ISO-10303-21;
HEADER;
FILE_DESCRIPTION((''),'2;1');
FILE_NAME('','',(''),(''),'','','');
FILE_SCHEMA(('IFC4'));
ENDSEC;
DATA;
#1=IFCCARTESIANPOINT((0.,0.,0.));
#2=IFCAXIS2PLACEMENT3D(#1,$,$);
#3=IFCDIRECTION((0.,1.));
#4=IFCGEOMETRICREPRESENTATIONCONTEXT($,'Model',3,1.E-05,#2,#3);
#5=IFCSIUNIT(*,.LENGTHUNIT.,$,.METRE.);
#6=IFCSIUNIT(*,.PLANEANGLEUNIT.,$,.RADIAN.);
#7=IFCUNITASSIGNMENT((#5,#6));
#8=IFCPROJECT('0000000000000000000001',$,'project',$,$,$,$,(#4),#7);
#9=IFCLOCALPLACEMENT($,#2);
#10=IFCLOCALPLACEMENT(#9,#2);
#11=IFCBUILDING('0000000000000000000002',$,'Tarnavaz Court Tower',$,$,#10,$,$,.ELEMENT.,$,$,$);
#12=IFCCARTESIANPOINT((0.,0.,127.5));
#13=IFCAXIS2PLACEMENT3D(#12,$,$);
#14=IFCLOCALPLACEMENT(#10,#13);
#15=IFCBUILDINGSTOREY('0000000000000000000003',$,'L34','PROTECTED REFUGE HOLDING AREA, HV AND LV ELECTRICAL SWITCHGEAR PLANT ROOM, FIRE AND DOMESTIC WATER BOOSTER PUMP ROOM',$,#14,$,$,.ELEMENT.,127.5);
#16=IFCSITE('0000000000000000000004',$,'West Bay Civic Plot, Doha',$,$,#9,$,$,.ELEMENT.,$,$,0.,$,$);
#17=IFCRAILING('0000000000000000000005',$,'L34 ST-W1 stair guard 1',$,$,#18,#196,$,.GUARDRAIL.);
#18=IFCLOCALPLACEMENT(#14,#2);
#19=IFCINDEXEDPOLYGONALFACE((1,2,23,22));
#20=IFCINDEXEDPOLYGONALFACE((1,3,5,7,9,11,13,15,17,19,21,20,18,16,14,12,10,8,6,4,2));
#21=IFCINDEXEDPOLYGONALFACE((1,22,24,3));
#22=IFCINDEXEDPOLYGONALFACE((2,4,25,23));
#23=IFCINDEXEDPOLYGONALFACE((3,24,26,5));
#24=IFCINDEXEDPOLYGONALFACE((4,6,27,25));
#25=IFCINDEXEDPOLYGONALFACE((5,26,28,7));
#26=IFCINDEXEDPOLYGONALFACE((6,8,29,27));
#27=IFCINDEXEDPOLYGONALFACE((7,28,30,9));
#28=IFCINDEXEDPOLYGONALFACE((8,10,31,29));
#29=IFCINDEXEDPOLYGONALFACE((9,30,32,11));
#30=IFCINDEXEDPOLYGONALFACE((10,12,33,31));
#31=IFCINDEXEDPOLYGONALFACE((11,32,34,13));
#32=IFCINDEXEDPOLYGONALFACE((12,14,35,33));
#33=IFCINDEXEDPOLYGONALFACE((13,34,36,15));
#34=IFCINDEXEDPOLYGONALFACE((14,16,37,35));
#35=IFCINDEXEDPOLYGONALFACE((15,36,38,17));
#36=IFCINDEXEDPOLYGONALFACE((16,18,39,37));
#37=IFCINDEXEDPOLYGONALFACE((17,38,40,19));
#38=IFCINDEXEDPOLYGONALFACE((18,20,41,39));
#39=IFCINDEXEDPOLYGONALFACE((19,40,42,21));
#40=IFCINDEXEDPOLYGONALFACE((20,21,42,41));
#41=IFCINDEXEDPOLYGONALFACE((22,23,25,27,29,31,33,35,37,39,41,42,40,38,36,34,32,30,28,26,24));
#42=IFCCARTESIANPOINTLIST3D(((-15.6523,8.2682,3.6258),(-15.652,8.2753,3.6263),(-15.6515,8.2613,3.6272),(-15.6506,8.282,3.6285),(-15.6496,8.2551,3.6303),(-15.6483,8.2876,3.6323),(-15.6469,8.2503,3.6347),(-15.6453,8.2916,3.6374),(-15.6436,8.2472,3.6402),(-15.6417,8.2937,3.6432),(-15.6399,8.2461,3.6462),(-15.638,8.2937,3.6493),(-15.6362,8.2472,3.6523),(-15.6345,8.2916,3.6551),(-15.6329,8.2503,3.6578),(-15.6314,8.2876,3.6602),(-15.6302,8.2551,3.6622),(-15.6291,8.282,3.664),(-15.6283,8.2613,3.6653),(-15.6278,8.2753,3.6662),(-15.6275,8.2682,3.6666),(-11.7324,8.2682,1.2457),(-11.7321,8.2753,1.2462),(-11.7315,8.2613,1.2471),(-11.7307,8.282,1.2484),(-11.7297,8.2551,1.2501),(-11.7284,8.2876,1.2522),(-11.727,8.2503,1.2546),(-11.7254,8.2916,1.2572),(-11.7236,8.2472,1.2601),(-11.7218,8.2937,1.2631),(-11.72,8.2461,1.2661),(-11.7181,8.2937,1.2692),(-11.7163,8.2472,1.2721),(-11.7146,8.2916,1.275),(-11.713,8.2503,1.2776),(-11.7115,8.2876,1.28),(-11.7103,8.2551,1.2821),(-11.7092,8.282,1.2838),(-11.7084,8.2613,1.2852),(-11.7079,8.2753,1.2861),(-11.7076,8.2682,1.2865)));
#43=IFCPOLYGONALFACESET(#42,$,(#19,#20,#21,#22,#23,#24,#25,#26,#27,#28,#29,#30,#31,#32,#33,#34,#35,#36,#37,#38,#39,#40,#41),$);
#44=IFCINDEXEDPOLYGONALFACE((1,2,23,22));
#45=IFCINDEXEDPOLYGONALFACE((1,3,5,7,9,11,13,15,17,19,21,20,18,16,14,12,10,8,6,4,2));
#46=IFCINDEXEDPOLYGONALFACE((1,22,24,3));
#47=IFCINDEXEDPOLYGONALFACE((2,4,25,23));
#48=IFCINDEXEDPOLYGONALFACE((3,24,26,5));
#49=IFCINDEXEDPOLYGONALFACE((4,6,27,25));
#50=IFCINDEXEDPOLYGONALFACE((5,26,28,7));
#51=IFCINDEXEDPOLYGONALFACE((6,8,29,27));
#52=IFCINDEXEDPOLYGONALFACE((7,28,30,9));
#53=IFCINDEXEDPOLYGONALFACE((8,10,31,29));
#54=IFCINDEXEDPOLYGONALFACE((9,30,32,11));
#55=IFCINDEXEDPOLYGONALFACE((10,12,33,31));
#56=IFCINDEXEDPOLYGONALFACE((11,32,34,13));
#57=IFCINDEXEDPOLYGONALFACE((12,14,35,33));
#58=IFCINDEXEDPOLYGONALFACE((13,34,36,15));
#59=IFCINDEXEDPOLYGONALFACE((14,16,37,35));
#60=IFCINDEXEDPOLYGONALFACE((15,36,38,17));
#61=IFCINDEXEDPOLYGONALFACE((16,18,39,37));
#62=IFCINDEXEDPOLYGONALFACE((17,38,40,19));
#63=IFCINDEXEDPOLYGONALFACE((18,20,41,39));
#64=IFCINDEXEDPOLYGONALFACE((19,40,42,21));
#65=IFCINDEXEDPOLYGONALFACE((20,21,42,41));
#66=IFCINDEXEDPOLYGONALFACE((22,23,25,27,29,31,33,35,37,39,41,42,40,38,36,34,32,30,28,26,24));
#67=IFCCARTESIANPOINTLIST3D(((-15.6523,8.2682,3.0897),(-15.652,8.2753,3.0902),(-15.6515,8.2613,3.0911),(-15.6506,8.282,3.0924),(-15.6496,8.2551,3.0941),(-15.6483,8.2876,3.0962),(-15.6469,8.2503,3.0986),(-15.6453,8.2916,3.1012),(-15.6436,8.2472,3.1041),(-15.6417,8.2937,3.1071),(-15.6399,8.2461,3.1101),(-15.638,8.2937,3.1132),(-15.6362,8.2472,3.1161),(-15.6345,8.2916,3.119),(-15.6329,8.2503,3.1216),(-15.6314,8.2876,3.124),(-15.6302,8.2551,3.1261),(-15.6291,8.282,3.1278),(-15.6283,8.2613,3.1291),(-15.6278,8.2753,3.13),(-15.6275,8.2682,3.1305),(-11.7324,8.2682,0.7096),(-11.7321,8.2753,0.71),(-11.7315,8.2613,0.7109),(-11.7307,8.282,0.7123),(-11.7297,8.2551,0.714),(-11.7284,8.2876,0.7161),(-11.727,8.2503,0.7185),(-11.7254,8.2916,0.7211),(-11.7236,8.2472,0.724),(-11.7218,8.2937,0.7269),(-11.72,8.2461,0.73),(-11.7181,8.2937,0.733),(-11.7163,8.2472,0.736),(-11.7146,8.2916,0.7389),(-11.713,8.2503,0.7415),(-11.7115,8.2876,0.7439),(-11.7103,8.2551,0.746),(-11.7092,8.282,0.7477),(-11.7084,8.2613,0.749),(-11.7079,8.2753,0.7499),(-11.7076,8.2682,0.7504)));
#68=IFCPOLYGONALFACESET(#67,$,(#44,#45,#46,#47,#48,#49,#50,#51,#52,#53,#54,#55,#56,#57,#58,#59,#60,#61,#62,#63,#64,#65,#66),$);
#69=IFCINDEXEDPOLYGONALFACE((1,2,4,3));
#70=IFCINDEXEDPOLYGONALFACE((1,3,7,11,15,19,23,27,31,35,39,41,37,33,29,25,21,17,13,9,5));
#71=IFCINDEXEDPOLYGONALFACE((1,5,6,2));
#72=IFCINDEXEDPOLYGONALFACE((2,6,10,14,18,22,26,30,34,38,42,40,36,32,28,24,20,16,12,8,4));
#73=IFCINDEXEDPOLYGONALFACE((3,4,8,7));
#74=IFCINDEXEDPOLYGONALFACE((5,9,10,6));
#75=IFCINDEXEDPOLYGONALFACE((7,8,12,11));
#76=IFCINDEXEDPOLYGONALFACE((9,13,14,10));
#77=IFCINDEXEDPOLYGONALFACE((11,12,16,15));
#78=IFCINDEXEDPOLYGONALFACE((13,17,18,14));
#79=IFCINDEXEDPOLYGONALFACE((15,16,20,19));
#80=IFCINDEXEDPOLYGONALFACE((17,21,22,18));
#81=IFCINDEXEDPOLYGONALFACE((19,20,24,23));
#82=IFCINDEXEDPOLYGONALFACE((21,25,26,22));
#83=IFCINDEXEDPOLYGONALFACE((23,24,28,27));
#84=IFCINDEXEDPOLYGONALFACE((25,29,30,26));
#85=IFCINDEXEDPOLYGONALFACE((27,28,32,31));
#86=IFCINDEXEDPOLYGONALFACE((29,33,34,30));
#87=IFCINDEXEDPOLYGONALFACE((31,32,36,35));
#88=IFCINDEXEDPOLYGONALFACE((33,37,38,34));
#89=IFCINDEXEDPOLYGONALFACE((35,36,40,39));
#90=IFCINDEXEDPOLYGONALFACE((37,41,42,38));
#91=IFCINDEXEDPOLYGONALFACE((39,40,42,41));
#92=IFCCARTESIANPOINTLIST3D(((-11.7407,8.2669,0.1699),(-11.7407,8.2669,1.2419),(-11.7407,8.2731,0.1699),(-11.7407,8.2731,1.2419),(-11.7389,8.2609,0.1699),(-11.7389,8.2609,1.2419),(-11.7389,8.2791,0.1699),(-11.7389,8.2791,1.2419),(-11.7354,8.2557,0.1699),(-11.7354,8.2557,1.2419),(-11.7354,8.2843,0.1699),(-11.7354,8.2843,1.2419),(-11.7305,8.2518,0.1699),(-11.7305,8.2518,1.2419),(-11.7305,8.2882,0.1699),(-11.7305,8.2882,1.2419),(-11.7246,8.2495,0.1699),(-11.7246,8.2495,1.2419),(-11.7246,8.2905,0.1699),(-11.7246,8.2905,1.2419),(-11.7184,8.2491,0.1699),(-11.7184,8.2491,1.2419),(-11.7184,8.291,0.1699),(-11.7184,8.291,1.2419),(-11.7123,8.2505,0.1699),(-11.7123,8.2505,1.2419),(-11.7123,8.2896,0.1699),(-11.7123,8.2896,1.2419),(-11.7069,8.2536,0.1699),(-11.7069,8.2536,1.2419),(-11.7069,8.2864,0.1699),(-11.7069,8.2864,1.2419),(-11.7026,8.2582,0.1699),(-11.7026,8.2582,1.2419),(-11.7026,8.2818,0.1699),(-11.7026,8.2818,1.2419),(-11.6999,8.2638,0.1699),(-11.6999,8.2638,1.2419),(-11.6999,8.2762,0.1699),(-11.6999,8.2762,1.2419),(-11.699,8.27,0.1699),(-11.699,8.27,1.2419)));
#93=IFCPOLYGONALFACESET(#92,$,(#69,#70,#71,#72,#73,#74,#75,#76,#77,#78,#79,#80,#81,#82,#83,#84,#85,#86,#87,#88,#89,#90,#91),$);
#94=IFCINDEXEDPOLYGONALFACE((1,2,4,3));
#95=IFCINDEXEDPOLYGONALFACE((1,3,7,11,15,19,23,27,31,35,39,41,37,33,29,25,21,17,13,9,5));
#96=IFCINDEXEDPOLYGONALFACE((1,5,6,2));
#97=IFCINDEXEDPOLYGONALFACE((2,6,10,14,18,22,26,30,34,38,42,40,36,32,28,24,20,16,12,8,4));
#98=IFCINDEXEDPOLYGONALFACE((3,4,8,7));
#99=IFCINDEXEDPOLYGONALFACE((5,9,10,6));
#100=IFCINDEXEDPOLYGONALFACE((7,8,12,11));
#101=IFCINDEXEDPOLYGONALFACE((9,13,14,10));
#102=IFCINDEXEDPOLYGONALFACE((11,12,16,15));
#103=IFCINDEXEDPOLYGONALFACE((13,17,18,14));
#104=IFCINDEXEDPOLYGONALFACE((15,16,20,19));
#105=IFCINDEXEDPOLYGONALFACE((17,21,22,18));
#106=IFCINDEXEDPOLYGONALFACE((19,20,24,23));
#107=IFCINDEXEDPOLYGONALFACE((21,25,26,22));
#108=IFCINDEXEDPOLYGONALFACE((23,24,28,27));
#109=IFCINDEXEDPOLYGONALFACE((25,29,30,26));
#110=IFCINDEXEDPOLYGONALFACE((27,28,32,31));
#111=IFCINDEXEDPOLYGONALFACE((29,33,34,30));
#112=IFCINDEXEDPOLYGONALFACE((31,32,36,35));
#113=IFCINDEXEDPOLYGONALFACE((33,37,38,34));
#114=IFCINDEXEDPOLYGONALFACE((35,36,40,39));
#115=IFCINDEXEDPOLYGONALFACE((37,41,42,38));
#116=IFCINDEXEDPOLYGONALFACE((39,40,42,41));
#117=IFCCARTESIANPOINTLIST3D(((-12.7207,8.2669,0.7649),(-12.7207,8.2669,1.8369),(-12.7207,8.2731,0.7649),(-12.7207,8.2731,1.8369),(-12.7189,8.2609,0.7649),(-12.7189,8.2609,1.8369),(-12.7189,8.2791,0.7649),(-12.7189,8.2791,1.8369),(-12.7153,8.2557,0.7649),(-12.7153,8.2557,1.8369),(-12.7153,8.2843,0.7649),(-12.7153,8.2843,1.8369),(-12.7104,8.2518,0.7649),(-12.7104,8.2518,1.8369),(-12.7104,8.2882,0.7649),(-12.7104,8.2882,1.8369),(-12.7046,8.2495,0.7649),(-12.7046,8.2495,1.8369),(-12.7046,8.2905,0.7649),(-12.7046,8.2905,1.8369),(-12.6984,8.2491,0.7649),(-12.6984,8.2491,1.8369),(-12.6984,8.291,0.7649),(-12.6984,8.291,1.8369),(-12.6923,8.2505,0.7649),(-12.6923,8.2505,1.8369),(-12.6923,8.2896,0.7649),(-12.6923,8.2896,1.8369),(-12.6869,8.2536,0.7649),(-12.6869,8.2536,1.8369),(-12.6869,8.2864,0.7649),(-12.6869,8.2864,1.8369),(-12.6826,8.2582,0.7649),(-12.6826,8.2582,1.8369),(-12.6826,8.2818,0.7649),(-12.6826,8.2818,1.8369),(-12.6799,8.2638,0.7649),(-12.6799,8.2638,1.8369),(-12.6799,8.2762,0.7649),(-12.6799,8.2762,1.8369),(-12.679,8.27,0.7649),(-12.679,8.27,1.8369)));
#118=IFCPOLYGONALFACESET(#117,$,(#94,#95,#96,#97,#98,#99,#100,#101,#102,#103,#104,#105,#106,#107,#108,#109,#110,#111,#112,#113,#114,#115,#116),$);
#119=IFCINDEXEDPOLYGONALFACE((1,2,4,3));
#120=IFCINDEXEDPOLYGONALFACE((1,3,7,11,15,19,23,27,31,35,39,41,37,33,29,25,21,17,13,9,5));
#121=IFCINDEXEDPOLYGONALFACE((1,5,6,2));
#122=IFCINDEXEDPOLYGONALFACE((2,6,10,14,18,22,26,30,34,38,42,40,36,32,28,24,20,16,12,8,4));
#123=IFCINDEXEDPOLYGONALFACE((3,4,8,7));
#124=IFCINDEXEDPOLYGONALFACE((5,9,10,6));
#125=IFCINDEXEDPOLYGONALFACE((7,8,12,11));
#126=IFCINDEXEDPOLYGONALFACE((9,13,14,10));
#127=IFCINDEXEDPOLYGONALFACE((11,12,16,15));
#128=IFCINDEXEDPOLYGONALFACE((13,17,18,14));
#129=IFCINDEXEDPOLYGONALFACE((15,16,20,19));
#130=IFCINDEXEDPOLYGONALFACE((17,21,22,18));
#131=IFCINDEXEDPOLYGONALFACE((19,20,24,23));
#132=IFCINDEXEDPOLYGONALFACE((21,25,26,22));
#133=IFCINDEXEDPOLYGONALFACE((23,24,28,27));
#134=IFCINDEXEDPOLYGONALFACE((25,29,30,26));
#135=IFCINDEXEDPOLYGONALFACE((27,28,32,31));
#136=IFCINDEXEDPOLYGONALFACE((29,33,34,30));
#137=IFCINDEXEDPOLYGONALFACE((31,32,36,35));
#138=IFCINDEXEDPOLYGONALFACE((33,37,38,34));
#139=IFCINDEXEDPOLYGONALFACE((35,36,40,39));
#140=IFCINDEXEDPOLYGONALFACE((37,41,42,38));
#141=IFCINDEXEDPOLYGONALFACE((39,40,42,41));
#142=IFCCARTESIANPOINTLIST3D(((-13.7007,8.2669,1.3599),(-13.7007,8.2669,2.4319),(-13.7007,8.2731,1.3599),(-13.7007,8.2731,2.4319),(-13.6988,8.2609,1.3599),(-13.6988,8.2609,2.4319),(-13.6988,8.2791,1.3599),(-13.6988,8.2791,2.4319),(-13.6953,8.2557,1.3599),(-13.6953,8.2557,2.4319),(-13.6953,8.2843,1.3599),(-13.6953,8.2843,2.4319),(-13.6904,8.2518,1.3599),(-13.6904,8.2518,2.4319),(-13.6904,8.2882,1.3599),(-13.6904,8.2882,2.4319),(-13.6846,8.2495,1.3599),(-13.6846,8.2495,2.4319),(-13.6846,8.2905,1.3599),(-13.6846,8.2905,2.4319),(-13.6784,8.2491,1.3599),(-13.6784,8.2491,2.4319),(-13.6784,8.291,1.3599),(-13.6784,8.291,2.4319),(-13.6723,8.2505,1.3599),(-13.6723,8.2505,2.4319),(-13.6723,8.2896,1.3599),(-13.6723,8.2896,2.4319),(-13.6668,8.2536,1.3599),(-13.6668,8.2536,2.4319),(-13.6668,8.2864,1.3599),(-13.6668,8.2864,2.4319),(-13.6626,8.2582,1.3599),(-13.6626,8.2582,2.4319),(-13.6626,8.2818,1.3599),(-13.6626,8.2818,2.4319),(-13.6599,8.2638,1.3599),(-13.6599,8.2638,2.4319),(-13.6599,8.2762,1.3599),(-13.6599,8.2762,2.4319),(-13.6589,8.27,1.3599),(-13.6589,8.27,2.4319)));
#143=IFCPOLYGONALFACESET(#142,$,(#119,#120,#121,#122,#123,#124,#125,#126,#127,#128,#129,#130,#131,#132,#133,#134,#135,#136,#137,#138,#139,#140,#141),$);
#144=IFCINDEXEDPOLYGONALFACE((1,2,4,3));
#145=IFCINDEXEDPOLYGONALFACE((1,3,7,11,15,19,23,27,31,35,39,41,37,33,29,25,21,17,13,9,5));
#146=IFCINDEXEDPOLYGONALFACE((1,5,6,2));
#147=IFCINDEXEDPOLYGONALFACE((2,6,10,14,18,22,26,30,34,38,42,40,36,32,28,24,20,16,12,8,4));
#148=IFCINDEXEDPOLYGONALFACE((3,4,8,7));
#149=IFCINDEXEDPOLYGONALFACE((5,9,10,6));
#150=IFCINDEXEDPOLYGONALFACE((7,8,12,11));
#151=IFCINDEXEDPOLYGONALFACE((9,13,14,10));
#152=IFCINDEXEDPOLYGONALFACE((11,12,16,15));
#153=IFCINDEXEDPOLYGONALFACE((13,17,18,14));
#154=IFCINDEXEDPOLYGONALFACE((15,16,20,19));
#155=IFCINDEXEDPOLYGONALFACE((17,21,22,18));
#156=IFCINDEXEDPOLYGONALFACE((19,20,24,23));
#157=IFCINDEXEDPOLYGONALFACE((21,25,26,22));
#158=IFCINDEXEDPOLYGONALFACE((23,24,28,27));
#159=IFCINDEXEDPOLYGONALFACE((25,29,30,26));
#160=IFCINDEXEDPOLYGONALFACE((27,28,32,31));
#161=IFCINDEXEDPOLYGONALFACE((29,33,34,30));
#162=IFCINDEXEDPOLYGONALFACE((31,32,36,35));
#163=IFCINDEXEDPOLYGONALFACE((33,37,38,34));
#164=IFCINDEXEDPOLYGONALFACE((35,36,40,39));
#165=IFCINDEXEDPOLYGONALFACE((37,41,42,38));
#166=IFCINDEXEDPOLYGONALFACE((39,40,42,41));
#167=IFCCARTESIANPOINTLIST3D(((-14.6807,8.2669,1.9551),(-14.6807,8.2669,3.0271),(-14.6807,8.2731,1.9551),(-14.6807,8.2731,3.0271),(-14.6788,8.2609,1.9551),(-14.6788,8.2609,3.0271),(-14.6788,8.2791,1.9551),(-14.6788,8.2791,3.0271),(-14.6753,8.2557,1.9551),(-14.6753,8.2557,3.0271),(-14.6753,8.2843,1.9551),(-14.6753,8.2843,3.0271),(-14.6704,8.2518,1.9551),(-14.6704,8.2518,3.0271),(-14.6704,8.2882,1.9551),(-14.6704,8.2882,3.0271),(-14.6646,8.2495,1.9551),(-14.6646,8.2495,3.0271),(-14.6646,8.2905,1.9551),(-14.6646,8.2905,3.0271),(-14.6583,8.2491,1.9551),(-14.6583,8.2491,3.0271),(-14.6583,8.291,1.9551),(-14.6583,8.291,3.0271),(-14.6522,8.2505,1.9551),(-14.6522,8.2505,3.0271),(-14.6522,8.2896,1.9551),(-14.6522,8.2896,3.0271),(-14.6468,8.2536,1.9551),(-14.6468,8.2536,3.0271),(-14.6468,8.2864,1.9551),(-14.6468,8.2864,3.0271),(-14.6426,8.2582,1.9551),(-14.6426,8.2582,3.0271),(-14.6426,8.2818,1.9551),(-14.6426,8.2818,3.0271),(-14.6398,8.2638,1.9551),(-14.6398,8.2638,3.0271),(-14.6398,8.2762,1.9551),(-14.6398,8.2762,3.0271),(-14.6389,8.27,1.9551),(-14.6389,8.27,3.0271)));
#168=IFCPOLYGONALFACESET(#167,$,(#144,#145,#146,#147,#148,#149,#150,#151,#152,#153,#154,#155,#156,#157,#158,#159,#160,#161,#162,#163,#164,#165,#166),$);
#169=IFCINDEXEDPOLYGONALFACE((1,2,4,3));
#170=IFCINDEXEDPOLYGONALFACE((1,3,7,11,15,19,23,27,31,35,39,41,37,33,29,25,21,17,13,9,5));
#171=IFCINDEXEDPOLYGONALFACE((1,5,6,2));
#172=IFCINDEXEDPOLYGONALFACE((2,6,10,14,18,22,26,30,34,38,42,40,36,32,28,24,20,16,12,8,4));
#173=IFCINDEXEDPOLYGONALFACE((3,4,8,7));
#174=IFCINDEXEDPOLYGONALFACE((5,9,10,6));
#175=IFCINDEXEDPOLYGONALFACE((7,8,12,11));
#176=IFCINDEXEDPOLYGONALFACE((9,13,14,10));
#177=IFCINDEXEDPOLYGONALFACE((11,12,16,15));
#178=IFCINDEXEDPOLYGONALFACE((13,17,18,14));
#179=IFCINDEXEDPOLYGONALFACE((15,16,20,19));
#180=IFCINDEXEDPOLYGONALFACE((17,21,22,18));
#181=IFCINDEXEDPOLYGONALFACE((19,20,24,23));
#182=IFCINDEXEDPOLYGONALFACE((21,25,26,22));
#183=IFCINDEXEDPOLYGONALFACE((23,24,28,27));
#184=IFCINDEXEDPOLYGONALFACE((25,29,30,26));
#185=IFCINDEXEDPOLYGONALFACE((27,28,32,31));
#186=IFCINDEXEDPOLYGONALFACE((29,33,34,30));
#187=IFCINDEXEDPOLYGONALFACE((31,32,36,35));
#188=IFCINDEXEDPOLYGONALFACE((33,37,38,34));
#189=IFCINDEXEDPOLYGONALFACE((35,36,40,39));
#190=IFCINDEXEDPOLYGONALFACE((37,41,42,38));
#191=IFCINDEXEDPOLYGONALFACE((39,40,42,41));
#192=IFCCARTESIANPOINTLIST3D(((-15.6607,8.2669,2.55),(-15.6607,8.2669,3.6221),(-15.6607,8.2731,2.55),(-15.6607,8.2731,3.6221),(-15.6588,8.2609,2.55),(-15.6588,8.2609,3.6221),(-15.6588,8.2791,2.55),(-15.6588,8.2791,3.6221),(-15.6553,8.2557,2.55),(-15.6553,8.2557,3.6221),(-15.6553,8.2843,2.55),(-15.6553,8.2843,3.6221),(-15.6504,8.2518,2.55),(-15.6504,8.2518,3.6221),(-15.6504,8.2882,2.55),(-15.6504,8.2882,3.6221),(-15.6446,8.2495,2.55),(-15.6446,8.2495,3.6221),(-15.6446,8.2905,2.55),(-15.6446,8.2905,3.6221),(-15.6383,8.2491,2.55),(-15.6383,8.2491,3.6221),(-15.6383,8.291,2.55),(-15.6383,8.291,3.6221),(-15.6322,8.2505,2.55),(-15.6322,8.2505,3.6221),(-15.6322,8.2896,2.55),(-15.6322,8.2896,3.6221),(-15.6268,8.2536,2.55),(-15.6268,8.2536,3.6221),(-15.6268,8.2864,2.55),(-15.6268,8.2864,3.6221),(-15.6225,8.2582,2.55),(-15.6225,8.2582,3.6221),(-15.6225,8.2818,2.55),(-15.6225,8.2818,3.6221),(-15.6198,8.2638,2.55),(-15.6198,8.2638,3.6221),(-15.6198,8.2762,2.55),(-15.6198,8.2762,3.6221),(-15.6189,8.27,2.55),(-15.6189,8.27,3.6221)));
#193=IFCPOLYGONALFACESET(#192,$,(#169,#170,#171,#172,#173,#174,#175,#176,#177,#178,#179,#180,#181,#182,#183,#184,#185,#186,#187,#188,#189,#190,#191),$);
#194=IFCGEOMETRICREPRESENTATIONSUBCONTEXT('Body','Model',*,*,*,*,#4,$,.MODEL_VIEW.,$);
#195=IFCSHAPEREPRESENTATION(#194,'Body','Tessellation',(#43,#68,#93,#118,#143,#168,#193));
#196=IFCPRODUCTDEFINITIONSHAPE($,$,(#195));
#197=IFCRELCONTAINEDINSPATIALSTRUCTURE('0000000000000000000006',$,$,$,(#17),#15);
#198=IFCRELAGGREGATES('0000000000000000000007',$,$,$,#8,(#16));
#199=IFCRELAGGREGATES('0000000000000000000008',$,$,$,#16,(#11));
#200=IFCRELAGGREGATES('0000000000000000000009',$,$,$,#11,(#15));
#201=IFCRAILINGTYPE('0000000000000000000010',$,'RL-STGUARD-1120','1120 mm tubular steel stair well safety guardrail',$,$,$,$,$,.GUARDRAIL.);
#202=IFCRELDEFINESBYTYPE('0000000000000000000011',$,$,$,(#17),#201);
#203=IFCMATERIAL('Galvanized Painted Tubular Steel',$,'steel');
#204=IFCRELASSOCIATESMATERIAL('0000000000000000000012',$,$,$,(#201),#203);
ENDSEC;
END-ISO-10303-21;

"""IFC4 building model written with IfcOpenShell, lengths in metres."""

from ifc_helpers import new_model, si_unit, direction, frame, origin, origin_2d, place, context, subcontext, project, spatial, circle, extrude, material, type_object, element, save


model = new_model("IFC4")

# Units and contexts
model_context = context("Model", 3, precision=1e-05, world=origin(), true_north=direction((0.0, 1.0)))
body_context = subcontext(model_context, "Body", "Model", "MODEL_VIEW")
ifc_project = project(units=[si_unit("LENGTHUNIT", "METRE"), si_unit("PLANEANGLEUNIT", "RADIAN")], contexts=[model_context])

# Site, building, storey
site_placement = place(None, origin())
site = spatial("IfcSite", under=ifc_project, at=site_placement, Name="West Bay Civic Plot, Doha", CompositionType="ELEMENT", RefElevation=0.0)
building_placement = place(site_placement, origin())
building = spatial("IfcBuilding", under=site, at=building_placement, Name="Tarnavaz Court Tower", CompositionType="ELEMENT")
storey_placement = place(building_placement, frame((0.0, 0.0, 127.5)))
storey = spatial("IfcBuildingStorey", under=building, at=storey_placement, Name="L34", Description="PROTECTED REFUGE HOLDING AREA, HV AND LV ELECTRICAL SWITCHGEAR PLANT ROOM, FIRE AND DOMESTIC WATER BOOSTER PUMP ROOM", CompositionType="ELEMENT", Elevation=127.5)

# Railing
ifc_material_1 = material(Name="Galvanized Painted Tubular Steel", Category="steel")
railing_type_1 = type_object("IfcRailingType", Name="RL-STGUARD-1120", Description="1120 mm tubular steel stair well safety guardrail", PredefinedType="GUARDRAIL", material=ifc_material_1)
railing_1_placement = place(storey_placement, frame((-11.72, 8.27, 0.1699)))
element("IfcRailing", 1, at=railing_1_placement, inside=storey, type_object=railing_type_1, Name="L34 ST-W1 stair guard 1", PredefinedType="GUARDRAIL", context=body_context, shape_type="SweptSolid", body=[
    extrude(circle(Radius=0.0239, at=origin_2d()), frame((0.0, 0.0, 1.0962), z_axis=(-0.854771, 0.0, 0.519006), x_axis=(0.0, -1.0, 0.0)), (0.0, 0.0, 1.0), 4.5859),
    extrude(circle(Radius=0.0239, at=origin_2d()), frame((0.0, 0.0, 0.5601), z_axis=(-0.854771, 0.0, 0.519006), x_axis=(0.0, -1.0, 0.0)), (0.0, 0.0, 1.0), 4.5859),
    extrude(circle(Radius=0.021, at=origin_2d()), origin(), (0.0, 0.0, 1.0), 1.072),
    extrude(circle(Radius=0.021, at=origin_2d()), frame((-0.98, 0.0, 0.595)), (0.0, 0.0, 1.0), 1.072),
    extrude(circle(Radius=0.021, at=origin_2d()), frame((-1.96, 0.0, 1.1899)), (0.0, 0.0, 1.0), 1.072),
    extrude(circle(Radius=0.021, at=origin_2d()), frame((-2.9399, 0.0, 1.7852)), (0.0, 0.0, 1.0), 1.072),
    extrude(circle(Radius=0.021, at=origin_2d()), frame((-3.9199, 0.0, 2.3801)), (0.0, 0.0, 1.0), 1.072),
])

save(model, "model.ifc")
